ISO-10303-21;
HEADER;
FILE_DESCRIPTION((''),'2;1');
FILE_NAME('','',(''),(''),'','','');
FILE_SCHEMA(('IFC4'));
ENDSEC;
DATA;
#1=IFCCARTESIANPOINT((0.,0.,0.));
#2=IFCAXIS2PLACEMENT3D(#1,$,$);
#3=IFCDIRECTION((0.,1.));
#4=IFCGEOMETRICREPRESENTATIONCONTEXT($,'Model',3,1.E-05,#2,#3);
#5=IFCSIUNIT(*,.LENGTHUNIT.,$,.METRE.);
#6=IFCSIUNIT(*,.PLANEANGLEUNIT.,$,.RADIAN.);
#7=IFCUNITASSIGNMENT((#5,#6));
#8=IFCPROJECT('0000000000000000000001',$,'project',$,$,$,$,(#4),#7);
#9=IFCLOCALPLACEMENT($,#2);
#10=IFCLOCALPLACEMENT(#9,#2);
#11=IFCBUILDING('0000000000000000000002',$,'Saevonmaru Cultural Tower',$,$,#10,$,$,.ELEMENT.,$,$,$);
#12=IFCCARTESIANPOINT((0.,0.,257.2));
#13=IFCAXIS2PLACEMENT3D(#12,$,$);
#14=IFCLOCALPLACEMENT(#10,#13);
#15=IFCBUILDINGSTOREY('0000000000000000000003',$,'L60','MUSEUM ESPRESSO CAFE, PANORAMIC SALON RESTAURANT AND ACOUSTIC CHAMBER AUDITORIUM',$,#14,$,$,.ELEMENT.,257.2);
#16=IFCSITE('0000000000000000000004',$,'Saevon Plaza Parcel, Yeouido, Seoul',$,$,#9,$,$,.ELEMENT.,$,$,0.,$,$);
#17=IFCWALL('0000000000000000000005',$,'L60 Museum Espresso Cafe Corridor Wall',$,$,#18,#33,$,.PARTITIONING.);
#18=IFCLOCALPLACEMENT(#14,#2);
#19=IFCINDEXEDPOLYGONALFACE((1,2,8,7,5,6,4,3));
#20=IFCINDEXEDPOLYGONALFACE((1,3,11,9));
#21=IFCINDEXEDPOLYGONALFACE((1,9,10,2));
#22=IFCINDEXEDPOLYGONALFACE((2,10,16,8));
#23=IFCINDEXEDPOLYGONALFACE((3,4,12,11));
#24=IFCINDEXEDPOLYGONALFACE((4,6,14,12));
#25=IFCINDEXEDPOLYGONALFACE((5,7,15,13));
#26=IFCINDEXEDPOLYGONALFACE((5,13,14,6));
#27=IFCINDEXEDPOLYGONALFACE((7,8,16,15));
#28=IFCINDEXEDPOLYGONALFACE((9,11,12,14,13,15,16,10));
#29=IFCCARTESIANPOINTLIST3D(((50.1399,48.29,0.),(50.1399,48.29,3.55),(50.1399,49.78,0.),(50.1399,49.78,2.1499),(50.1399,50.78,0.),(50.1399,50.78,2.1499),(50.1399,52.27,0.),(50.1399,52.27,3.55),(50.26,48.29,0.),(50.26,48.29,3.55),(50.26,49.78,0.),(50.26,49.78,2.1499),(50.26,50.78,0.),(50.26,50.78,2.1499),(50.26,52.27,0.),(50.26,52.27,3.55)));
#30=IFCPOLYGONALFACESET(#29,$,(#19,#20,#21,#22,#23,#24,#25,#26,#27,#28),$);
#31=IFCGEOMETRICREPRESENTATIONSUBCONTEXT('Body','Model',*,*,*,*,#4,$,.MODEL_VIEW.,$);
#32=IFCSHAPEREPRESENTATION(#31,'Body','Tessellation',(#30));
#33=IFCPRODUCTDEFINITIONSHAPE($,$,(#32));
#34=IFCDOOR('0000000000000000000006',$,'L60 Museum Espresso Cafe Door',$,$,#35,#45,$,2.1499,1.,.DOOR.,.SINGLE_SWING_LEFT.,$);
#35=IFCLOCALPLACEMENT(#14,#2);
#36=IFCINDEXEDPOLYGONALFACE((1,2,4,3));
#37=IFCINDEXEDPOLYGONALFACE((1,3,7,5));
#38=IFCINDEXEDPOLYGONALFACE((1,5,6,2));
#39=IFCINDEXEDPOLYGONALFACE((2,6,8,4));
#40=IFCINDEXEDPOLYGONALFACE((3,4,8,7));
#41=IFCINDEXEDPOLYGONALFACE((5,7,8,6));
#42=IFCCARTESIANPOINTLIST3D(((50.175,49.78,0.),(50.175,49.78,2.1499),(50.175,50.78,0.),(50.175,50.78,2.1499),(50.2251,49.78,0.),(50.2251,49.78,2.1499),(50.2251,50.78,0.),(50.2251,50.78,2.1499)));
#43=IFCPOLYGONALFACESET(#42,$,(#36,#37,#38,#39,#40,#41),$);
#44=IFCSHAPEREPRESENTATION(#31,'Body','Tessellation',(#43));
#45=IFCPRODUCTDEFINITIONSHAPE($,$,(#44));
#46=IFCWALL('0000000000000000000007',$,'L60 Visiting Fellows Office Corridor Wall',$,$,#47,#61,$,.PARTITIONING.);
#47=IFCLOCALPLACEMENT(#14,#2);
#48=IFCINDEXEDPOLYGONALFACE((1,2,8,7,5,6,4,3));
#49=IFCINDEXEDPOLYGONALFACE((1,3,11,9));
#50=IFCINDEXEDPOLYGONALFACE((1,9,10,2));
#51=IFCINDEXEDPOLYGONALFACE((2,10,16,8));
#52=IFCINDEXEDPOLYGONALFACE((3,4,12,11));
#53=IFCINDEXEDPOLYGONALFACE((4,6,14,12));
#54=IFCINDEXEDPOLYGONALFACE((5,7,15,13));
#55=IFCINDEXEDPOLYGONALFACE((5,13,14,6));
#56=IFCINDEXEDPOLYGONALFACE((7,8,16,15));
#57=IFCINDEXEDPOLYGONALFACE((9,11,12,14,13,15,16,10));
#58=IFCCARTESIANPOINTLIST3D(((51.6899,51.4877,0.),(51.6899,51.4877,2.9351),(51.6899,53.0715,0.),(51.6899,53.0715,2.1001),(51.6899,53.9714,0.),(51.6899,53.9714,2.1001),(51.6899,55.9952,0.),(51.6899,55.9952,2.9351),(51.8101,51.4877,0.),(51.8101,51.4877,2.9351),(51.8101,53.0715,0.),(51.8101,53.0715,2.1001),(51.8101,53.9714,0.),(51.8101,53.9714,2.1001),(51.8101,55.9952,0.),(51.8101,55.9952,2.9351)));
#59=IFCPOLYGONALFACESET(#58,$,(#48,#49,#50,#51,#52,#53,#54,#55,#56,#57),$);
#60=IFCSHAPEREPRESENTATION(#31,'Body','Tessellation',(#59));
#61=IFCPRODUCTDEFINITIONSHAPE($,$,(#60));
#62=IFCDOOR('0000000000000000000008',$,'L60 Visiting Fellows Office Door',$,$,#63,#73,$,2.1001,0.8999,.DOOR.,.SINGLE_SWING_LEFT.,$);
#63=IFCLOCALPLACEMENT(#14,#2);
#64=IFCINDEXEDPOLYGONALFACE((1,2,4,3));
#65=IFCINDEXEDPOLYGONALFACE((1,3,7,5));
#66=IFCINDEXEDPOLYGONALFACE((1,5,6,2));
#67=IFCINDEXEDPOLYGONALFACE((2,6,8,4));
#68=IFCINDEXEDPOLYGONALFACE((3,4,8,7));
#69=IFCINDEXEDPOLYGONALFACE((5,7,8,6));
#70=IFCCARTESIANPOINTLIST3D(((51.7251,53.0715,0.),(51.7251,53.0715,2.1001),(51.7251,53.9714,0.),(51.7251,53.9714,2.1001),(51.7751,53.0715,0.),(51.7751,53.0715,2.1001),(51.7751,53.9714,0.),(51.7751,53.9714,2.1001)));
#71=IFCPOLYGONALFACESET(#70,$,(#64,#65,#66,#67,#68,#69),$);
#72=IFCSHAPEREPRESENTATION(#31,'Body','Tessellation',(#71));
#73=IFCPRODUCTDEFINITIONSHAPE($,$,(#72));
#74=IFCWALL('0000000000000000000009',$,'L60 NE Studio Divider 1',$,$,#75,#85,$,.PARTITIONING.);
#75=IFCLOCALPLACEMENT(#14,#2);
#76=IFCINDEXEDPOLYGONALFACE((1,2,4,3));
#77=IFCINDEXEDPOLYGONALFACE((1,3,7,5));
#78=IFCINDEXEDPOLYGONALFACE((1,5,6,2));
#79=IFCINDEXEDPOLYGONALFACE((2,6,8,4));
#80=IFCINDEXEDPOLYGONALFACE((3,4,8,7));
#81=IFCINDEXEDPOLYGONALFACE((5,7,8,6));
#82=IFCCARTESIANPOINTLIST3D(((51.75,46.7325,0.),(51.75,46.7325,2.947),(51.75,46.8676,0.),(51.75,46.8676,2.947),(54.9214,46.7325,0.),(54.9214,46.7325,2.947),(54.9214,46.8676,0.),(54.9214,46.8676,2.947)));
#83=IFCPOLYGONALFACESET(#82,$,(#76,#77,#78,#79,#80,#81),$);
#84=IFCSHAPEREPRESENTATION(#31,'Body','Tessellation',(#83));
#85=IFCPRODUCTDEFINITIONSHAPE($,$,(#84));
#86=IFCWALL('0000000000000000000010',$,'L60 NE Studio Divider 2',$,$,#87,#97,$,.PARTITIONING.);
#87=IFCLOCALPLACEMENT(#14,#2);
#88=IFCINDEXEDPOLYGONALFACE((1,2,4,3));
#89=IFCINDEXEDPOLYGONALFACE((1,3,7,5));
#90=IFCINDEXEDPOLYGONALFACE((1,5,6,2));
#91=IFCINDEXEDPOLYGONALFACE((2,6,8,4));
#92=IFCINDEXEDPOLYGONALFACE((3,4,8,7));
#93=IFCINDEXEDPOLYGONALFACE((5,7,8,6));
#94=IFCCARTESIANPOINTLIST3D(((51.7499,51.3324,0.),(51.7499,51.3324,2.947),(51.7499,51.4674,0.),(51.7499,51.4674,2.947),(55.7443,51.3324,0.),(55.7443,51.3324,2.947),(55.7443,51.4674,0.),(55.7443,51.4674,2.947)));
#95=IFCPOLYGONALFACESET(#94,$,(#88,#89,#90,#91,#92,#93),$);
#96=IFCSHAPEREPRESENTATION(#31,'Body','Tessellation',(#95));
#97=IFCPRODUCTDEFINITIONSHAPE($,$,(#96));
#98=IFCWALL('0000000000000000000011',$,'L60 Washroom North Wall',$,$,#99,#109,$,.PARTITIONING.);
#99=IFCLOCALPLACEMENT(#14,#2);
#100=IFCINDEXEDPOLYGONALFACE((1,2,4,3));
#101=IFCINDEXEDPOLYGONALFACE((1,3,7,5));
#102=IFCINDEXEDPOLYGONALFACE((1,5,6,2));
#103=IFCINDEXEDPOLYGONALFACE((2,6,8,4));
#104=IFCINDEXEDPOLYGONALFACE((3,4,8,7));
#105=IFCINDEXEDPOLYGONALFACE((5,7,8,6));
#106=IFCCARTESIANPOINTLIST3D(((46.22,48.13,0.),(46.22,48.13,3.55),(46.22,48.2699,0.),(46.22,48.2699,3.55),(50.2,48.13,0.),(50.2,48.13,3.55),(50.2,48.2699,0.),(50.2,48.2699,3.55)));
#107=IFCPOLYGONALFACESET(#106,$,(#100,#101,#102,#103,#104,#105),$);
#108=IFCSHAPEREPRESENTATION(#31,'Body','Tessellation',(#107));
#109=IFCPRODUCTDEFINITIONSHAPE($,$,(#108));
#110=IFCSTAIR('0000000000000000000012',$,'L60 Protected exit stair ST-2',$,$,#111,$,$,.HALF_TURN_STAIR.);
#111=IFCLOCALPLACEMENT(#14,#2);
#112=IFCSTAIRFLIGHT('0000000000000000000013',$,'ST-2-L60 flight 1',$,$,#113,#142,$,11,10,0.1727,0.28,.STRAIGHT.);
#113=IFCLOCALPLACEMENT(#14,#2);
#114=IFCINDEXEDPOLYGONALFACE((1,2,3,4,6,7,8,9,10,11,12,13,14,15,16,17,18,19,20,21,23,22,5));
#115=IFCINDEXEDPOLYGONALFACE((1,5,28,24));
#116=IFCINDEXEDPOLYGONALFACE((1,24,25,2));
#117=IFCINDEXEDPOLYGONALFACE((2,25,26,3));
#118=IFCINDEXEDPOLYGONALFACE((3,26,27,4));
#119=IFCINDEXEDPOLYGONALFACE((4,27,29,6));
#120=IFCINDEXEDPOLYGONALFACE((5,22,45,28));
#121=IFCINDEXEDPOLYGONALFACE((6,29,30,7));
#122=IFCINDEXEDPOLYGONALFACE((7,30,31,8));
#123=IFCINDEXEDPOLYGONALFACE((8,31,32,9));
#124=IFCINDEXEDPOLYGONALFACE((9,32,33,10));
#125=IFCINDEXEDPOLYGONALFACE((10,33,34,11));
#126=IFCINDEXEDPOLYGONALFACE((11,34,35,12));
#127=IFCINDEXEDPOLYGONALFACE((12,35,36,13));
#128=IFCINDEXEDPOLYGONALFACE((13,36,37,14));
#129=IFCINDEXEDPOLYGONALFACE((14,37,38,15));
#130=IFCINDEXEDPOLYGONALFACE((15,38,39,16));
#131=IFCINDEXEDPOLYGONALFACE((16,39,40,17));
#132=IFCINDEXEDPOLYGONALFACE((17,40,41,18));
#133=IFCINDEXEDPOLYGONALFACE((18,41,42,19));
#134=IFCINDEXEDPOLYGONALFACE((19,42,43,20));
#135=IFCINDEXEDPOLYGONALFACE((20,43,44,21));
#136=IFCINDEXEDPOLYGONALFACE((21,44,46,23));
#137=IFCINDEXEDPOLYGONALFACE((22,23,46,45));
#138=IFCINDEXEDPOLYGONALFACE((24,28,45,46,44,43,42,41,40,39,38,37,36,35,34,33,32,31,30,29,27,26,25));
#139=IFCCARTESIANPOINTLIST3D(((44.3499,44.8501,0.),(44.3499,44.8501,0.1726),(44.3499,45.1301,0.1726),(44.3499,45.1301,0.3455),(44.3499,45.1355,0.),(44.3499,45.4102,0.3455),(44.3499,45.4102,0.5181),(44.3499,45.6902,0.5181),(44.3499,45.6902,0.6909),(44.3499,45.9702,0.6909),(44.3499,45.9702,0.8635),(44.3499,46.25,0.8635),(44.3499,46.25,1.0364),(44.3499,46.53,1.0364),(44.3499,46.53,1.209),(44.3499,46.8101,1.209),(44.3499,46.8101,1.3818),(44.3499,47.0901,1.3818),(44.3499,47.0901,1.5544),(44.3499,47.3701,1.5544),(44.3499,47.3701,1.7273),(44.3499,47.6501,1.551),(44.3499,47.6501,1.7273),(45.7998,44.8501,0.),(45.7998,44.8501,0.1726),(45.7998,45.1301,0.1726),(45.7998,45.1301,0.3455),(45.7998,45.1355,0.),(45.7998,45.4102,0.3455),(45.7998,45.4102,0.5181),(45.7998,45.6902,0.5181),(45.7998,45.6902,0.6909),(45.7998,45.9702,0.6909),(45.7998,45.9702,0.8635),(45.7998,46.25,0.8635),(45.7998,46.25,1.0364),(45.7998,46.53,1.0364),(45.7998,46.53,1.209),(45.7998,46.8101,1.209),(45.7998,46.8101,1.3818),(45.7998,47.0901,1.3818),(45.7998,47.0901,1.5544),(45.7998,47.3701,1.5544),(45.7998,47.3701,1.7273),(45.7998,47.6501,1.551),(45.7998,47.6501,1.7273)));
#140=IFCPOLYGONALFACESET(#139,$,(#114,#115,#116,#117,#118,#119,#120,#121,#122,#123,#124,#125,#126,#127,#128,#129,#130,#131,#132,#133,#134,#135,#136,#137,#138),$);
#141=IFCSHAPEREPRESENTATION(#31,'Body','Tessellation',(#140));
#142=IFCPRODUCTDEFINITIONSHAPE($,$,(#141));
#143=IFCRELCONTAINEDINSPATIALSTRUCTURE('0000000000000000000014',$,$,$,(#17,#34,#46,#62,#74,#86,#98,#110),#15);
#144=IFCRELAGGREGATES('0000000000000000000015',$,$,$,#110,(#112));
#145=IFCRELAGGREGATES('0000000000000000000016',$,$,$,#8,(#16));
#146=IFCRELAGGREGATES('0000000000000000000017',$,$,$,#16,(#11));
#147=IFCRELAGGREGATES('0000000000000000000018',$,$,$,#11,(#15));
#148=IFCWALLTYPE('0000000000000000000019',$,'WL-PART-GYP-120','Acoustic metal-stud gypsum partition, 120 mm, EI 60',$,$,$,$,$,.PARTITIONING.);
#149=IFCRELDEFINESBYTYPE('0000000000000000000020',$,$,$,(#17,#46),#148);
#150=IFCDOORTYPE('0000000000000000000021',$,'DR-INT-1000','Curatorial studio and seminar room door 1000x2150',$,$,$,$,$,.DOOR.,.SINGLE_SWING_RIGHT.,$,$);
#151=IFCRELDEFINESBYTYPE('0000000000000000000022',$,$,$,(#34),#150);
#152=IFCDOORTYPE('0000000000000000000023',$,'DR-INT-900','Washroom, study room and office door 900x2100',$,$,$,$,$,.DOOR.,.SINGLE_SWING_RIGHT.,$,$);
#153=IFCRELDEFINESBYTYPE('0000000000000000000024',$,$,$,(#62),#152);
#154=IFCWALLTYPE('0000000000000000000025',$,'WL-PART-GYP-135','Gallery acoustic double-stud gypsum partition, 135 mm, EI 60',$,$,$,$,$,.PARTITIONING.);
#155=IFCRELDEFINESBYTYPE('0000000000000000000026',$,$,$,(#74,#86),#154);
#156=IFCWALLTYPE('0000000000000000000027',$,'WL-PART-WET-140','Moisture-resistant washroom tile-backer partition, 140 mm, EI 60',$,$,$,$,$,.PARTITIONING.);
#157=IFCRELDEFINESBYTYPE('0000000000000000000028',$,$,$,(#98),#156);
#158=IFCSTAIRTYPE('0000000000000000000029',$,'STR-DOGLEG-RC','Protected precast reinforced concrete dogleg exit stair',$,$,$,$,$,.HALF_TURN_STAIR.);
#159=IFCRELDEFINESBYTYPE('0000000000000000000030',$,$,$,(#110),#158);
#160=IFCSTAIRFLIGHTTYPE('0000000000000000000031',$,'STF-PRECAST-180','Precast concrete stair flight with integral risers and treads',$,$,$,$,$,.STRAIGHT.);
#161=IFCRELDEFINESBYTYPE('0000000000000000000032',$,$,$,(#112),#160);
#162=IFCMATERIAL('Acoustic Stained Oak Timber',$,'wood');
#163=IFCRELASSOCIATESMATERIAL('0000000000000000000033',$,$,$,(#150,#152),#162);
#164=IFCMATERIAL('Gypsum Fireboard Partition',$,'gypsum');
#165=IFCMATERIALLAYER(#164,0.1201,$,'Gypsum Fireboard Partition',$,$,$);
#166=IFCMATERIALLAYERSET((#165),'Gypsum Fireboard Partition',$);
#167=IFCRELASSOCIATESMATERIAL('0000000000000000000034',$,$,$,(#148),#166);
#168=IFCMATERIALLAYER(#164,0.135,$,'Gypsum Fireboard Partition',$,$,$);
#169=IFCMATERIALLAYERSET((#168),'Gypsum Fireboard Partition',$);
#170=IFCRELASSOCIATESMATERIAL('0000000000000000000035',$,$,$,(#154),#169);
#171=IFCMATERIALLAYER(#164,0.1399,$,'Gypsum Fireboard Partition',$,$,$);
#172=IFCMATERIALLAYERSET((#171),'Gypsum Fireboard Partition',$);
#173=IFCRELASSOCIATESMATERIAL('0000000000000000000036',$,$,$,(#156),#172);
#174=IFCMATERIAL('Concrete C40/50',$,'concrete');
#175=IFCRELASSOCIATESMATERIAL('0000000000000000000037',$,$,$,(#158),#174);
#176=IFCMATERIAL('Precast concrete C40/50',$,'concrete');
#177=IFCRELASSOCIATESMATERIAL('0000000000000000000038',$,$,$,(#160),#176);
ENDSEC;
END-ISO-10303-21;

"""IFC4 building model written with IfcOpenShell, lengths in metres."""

from ifc_helpers import new_model, si_unit, direction, frame, frame_2d, origin, place, context, subcontext, project, spatial, polyline, rectangle, outline, extrude, material, layer, layer_set, type_object, element, fill, aggregate, save


model = new_model("IFC4")

# Units and contexts
model_context = context("Model", 3, precision=1e-05, world=origin(), true_north=direction((0.0, 1.0)))
body_context = subcontext(model_context, "Body", "Model", "MODEL_VIEW")
ifc_project = project(units=[si_unit("LENGTHUNIT", "METRE"), si_unit("PLANEANGLEUNIT", "RADIAN")], contexts=[model_context])

# Site, building, storey
site_placement = place(None, origin())
site = spatial("IfcSite", under=ifc_project, at=site_placement, Name="Saevon Plaza Parcel, Yeouido, Seoul", CompositionType="ELEMENT", RefElevation=0.0)
building_placement = place(site_placement, origin())
building = spatial("IfcBuilding", under=site, at=building_placement, Name="Saevonmaru Cultural Tower", CompositionType="ELEMENT")
storey_placement = place(building_placement, frame((0.0, 0.0, 257.2)))
storey = spatial("IfcBuildingStorey", under=building, at=storey_placement, Name="L60", Description="MUSEUM ESPRESSO CAFE, PANORAMIC SALON RESTAURANT AND ACOUSTIC CHAMBER AUDITORIUM", CompositionType="ELEMENT", Elevation=257.2)

# Shared definitions
ifc_material_1 = material(Name="Gypsum Fireboard Partition", Category="gypsum")
ifc_material_2 = material(Name="Acoustic Stained Oak Timber", Category="wood")
door_type_1 = type_object("IfcDoorType", Name="DR-INT-1000", Description="Curatorial studio and seminar room door 1000x2150", OperationType="SINGLE_SWING_RIGHT", PredefinedType="DOOR", material=ifc_material_2)

# Shared definitions
ifc_layer_1 = layer(ifc_material_1, 0.1201, Name="Gypsum Fireboard Partition")
ifc_layer_set_1 = layer_set([ifc_layer_1], Name="Gypsum Fireboard Partition")
wall_type_1 = type_object("IfcWallType", Name="WL-PART-GYP-120", Description="Acoustic metal-stud gypsum partition, 120 mm, EI 60", PredefinedType="PARTITIONING", material=ifc_layer_set_1)

# Walls, openings, doors
wall_1_placement = place(storey_placement, frame((50.2, 48.29, 0.0), z_axis=(0.0, 0.0, 1.0), x_axis=(0.0, 1.0, 0.0)))
wall_1 = element("IfcWall", 1, at=wall_1_placement, inside=storey, type_object=wall_type_1, Name="L60 Museum Espresso Cafe Corridor Wall", PredefinedType="PARTITIONING", context=body_context, shape_type="SweptSolid", body=[
    extrude(rectangle(XDim=3.98, YDim=0.1201, at=frame_2d((1.99, 0.0))), origin(), (0.0, 0.0, 1.0), 3.55),
])
opening_1_placement = place(wall_1_placement, frame((1.49, 0.0, 0.0)))
opening_1 = element("IfcOpeningElement", 2, at=opening_1_placement, cuts=wall_1, PredefinedType="OPENING", context=body_context, shape_type="SweptSolid", body=[
    extrude(rectangle(XDim=1.0, YDim=2.1499, at=frame_2d((0.5, 1.075))), frame((0.0, 0.0701, 0.0), z_axis=(0.0, -1.0, 0.0), x_axis=(1.0, 0.0, 0.0)), (0.0, 0.0, 1.0), 0.1401),
])
door_1_placement = place(opening_1_placement, origin())
door_1 = element("IfcDoor", 3, at=door_1_placement, inside=storey, type_object=door_type_1, Name="L60 Museum Espresso Cafe Door", OperationType="SINGLE_SWING_LEFT", OverallHeight=2.1499, OverallWidth=1.0, PredefinedType="DOOR", context=body_context, shape_type="SweptSolid", body=[
    extrude(rectangle(XDim=1.0, YDim=2.1499, at=frame_2d((0.5, 1.075))), frame((0.0, 0.0249, 0.0), z_axis=(0.0, -1.0, 0.0), x_axis=(1.0, 0.0, 0.0)), (0.0, 0.0, 1.0), 0.05),
])
fill(opening_1, door_1)
wall_2_placement = place(storey_placement, frame((51.75, 51.4875, 0.0), z_axis=(0.0, 0.0, 1.0), x_axis=(0.0, 1.0, 0.0)))
wall_2 = element("IfcWall", 4, at=wall_2_placement, inside=storey, type_object=wall_type_1, Name="L60 Visiting Fellows Office Corridor Wall", PredefinedType="PARTITIONING", context=body_context, shape_type="SweptSolid", body=[
    extrude(rectangle(XDim=4.5076, YDim=0.1201, at=frame_2d((2.2539, 0.0))), origin(), (0.0, 0.0, 1.0), 2.9351),
])
opening_2_placement = place(wall_2_placement, frame((1.584, 0.0, 0.0)))
opening_2 = element("IfcOpeningElement", 5, at=opening_2_placement, cuts=wall_2, PredefinedType="OPENING", context=body_context, shape_type="SweptSolid", body=[
    extrude(rectangle(XDim=0.8999, YDim=2.1001, at=frame_2d((0.45, 1.05))), frame((0.0, 0.0701, 0.0), z_axis=(0.0, -1.0, 0.0), x_axis=(1.0, 0.0, 0.0)), (0.0, 0.0, 1.0), 0.1401),
])
door_type_2 = type_object("IfcDoorType", Name="DR-INT-900", Description="Washroom, study room and office door 900x2100", OperationType="SINGLE_SWING_RIGHT", PredefinedType="DOOR", material=ifc_material_2)
door_2_placement = place(opening_2_placement, origin())
door_2 = element("IfcDoor", 6, at=door_2_placement, inside=storey, type_object=door_type_2, Name="L60 Visiting Fellows Office Door", OperationType="SINGLE_SWING_LEFT", OverallHeight=2.1001, OverallWidth=0.8999, PredefinedType="DOOR", context=body_context, shape_type="SweptSolid", body=[
    extrude(rectangle(XDim=0.8999, YDim=2.1001, at=frame_2d((0.45, 1.05))), frame((0.0, 0.0249, 0.0), z_axis=(0.0, -1.0, 0.0), x_axis=(1.0, 0.0, 0.0)), (0.0, 0.0, 1.0), 0.05),
])
fill(opening_2, door_2)

# Walls
ifc_layer_2 = layer(ifc_material_1, 0.135, Name="Gypsum Fireboard Partition")
ifc_layer_set_2 = layer_set([ifc_layer_2], Name="Gypsum Fireboard Partition")
wall_type_2 = type_object("IfcWallType", Name="WL-PART-GYP-135", Description="Gallery acoustic double-stud gypsum partition, 135 mm, EI 60", PredefinedType="PARTITIONING", material=ifc_layer_set_2)
wall_3_placement = place(storey_placement, frame((51.75, 46.8, 0.0), z_axis=(0.0, 0.0, 1.0), x_axis=(1.0, 0.0, 0.0)))
element("IfcWall", 7, at=wall_3_placement, inside=storey, type_object=wall_type_2, Name="L60 NE Studio Divider 1", PredefinedType="PARTITIONING", context=body_context, shape_type="SweptSolid", body=[
    extrude(rectangle(XDim=3.1714, YDim=0.135, at=frame_2d((1.5857, 0.0))), origin(), (0.0, 0.0, 1.0), 2.947),
])
wall_4_placement = place(storey_placement, frame((51.75, 51.3999, 0.0), z_axis=(0.0, 0.0, 1.0), x_axis=(1.0, 0.0, 0.0)))
element("IfcWall", 8, at=wall_4_placement, inside=storey, type_object=wall_type_2, Name="L60 NE Studio Divider 2", PredefinedType="PARTITIONING", context=body_context, shape_type="SweptSolid", body=[
    extrude(rectangle(XDim=3.9944, YDim=0.135, at=frame_2d((1.9971, 0.0))), origin(), (0.0, 0.0, 1.0), 2.947),
])
ifc_layer_3 = layer(ifc_material_1, 0.1399, Name="Gypsum Fireboard Partition")
ifc_layer_set_3 = layer_set([ifc_layer_3], Name="Gypsum Fireboard Partition")
wall_type_3 = type_object("IfcWallType", Name="WL-PART-WET-140", Description="Moisture-resistant washroom tile-backer partition, 140 mm, EI 60", PredefinedType="PARTITIONING", material=ifc_layer_set_3)
wall_5_placement = place(storey_placement, frame((46.22, 48.2, 0.0), z_axis=(0.0, 0.0, 1.0), x_axis=(1.0, 0.0, 0.0)))
element("IfcWall", 9, at=wall_5_placement, inside=storey, type_object=wall_type_3, Name="L60 Washroom North Wall", PredefinedType="PARTITIONING", context=body_context, shape_type="SweptSolid", body=[
    extrude(rectangle(XDim=3.98, YDim=0.1399, at=frame_2d((1.99, 0.0))), origin(), (0.0, 0.0, 1.0), 3.55),
])

# Stair, stair flight
ifc_material_3 = material(Name="Concrete C40/50", Category="concrete")
stair_type = type_object("IfcStairType", Name="STR-DOGLEG-RC", Description="Protected precast reinforced concrete dogleg exit stair", PredefinedType="HALF_TURN_STAIR", material=ifc_material_3)
stair_placement = place(storey_placement, origin())
stair = element("IfcStair", 10, at=stair_placement, inside=storey, type_object=stair_type, Name="L60 Protected exit stair ST-2", PredefinedType="HALF_TURN_STAIR")
ifc_material_4 = material(Name="Precast concrete C40/50", Category="concrete")
stair_flight_type = type_object("IfcStairFlightType", Name="STF-PRECAST-180", Description="Precast concrete stair flight with integral risers and treads", PredefinedType="STRAIGHT", material=ifc_material_4)
stair_flight_placement = place(storey_placement, frame((45.075, 44.8501, 0.0), z_axis=(0.0, 0.0, 1.0), x_axis=(0.0, 1.0, 0.0)))
stair_flight = element("IfcStairFlight", 11, at=stair_flight_placement, type_object=stair_flight_type, Name="ST-2-L60 flight 1", NumberOfRisers=11, NumberOfTreads=10, PredefinedType="STRAIGHT", RiserHeight=0.1727, TreadLength=0.28, context=body_context, shape_type="SweptSolid", body=[
    extrude(outline(polyline([(0.0, 0.0), (0.0, 0.1726), (0.28, 0.1726), (0.28, 0.3455), (0.5601, 0.3455), (0.5601, 0.5181), (0.8401, 0.5181), (0.8401, 0.6909), (1.1201, 0.6909), (1.1201, 0.8635), (1.3999, 0.8635), (1.3999, 1.0364), (1.6799, 1.0364), (1.6799, 1.209), (1.96, 1.209), (1.96, 1.3818), (2.24, 1.3818), (2.24, 1.5544), (2.52, 1.5544), (2.52, 1.7273), (2.8, 1.7273), (2.8, 1.8999), (2.8, 1.551), (0.2854, 0.0), (0.0, 0.0)])), frame((0.0, 0.7251, 0.0), z_axis=(0.0, -1.0, 0.0), x_axis=(1.0, 0.0, 0.0)), (0.0, 0.0, 1.0), 1.45),
])
aggregate(stair, [stair_flight])

save(model, "model.ifc")
